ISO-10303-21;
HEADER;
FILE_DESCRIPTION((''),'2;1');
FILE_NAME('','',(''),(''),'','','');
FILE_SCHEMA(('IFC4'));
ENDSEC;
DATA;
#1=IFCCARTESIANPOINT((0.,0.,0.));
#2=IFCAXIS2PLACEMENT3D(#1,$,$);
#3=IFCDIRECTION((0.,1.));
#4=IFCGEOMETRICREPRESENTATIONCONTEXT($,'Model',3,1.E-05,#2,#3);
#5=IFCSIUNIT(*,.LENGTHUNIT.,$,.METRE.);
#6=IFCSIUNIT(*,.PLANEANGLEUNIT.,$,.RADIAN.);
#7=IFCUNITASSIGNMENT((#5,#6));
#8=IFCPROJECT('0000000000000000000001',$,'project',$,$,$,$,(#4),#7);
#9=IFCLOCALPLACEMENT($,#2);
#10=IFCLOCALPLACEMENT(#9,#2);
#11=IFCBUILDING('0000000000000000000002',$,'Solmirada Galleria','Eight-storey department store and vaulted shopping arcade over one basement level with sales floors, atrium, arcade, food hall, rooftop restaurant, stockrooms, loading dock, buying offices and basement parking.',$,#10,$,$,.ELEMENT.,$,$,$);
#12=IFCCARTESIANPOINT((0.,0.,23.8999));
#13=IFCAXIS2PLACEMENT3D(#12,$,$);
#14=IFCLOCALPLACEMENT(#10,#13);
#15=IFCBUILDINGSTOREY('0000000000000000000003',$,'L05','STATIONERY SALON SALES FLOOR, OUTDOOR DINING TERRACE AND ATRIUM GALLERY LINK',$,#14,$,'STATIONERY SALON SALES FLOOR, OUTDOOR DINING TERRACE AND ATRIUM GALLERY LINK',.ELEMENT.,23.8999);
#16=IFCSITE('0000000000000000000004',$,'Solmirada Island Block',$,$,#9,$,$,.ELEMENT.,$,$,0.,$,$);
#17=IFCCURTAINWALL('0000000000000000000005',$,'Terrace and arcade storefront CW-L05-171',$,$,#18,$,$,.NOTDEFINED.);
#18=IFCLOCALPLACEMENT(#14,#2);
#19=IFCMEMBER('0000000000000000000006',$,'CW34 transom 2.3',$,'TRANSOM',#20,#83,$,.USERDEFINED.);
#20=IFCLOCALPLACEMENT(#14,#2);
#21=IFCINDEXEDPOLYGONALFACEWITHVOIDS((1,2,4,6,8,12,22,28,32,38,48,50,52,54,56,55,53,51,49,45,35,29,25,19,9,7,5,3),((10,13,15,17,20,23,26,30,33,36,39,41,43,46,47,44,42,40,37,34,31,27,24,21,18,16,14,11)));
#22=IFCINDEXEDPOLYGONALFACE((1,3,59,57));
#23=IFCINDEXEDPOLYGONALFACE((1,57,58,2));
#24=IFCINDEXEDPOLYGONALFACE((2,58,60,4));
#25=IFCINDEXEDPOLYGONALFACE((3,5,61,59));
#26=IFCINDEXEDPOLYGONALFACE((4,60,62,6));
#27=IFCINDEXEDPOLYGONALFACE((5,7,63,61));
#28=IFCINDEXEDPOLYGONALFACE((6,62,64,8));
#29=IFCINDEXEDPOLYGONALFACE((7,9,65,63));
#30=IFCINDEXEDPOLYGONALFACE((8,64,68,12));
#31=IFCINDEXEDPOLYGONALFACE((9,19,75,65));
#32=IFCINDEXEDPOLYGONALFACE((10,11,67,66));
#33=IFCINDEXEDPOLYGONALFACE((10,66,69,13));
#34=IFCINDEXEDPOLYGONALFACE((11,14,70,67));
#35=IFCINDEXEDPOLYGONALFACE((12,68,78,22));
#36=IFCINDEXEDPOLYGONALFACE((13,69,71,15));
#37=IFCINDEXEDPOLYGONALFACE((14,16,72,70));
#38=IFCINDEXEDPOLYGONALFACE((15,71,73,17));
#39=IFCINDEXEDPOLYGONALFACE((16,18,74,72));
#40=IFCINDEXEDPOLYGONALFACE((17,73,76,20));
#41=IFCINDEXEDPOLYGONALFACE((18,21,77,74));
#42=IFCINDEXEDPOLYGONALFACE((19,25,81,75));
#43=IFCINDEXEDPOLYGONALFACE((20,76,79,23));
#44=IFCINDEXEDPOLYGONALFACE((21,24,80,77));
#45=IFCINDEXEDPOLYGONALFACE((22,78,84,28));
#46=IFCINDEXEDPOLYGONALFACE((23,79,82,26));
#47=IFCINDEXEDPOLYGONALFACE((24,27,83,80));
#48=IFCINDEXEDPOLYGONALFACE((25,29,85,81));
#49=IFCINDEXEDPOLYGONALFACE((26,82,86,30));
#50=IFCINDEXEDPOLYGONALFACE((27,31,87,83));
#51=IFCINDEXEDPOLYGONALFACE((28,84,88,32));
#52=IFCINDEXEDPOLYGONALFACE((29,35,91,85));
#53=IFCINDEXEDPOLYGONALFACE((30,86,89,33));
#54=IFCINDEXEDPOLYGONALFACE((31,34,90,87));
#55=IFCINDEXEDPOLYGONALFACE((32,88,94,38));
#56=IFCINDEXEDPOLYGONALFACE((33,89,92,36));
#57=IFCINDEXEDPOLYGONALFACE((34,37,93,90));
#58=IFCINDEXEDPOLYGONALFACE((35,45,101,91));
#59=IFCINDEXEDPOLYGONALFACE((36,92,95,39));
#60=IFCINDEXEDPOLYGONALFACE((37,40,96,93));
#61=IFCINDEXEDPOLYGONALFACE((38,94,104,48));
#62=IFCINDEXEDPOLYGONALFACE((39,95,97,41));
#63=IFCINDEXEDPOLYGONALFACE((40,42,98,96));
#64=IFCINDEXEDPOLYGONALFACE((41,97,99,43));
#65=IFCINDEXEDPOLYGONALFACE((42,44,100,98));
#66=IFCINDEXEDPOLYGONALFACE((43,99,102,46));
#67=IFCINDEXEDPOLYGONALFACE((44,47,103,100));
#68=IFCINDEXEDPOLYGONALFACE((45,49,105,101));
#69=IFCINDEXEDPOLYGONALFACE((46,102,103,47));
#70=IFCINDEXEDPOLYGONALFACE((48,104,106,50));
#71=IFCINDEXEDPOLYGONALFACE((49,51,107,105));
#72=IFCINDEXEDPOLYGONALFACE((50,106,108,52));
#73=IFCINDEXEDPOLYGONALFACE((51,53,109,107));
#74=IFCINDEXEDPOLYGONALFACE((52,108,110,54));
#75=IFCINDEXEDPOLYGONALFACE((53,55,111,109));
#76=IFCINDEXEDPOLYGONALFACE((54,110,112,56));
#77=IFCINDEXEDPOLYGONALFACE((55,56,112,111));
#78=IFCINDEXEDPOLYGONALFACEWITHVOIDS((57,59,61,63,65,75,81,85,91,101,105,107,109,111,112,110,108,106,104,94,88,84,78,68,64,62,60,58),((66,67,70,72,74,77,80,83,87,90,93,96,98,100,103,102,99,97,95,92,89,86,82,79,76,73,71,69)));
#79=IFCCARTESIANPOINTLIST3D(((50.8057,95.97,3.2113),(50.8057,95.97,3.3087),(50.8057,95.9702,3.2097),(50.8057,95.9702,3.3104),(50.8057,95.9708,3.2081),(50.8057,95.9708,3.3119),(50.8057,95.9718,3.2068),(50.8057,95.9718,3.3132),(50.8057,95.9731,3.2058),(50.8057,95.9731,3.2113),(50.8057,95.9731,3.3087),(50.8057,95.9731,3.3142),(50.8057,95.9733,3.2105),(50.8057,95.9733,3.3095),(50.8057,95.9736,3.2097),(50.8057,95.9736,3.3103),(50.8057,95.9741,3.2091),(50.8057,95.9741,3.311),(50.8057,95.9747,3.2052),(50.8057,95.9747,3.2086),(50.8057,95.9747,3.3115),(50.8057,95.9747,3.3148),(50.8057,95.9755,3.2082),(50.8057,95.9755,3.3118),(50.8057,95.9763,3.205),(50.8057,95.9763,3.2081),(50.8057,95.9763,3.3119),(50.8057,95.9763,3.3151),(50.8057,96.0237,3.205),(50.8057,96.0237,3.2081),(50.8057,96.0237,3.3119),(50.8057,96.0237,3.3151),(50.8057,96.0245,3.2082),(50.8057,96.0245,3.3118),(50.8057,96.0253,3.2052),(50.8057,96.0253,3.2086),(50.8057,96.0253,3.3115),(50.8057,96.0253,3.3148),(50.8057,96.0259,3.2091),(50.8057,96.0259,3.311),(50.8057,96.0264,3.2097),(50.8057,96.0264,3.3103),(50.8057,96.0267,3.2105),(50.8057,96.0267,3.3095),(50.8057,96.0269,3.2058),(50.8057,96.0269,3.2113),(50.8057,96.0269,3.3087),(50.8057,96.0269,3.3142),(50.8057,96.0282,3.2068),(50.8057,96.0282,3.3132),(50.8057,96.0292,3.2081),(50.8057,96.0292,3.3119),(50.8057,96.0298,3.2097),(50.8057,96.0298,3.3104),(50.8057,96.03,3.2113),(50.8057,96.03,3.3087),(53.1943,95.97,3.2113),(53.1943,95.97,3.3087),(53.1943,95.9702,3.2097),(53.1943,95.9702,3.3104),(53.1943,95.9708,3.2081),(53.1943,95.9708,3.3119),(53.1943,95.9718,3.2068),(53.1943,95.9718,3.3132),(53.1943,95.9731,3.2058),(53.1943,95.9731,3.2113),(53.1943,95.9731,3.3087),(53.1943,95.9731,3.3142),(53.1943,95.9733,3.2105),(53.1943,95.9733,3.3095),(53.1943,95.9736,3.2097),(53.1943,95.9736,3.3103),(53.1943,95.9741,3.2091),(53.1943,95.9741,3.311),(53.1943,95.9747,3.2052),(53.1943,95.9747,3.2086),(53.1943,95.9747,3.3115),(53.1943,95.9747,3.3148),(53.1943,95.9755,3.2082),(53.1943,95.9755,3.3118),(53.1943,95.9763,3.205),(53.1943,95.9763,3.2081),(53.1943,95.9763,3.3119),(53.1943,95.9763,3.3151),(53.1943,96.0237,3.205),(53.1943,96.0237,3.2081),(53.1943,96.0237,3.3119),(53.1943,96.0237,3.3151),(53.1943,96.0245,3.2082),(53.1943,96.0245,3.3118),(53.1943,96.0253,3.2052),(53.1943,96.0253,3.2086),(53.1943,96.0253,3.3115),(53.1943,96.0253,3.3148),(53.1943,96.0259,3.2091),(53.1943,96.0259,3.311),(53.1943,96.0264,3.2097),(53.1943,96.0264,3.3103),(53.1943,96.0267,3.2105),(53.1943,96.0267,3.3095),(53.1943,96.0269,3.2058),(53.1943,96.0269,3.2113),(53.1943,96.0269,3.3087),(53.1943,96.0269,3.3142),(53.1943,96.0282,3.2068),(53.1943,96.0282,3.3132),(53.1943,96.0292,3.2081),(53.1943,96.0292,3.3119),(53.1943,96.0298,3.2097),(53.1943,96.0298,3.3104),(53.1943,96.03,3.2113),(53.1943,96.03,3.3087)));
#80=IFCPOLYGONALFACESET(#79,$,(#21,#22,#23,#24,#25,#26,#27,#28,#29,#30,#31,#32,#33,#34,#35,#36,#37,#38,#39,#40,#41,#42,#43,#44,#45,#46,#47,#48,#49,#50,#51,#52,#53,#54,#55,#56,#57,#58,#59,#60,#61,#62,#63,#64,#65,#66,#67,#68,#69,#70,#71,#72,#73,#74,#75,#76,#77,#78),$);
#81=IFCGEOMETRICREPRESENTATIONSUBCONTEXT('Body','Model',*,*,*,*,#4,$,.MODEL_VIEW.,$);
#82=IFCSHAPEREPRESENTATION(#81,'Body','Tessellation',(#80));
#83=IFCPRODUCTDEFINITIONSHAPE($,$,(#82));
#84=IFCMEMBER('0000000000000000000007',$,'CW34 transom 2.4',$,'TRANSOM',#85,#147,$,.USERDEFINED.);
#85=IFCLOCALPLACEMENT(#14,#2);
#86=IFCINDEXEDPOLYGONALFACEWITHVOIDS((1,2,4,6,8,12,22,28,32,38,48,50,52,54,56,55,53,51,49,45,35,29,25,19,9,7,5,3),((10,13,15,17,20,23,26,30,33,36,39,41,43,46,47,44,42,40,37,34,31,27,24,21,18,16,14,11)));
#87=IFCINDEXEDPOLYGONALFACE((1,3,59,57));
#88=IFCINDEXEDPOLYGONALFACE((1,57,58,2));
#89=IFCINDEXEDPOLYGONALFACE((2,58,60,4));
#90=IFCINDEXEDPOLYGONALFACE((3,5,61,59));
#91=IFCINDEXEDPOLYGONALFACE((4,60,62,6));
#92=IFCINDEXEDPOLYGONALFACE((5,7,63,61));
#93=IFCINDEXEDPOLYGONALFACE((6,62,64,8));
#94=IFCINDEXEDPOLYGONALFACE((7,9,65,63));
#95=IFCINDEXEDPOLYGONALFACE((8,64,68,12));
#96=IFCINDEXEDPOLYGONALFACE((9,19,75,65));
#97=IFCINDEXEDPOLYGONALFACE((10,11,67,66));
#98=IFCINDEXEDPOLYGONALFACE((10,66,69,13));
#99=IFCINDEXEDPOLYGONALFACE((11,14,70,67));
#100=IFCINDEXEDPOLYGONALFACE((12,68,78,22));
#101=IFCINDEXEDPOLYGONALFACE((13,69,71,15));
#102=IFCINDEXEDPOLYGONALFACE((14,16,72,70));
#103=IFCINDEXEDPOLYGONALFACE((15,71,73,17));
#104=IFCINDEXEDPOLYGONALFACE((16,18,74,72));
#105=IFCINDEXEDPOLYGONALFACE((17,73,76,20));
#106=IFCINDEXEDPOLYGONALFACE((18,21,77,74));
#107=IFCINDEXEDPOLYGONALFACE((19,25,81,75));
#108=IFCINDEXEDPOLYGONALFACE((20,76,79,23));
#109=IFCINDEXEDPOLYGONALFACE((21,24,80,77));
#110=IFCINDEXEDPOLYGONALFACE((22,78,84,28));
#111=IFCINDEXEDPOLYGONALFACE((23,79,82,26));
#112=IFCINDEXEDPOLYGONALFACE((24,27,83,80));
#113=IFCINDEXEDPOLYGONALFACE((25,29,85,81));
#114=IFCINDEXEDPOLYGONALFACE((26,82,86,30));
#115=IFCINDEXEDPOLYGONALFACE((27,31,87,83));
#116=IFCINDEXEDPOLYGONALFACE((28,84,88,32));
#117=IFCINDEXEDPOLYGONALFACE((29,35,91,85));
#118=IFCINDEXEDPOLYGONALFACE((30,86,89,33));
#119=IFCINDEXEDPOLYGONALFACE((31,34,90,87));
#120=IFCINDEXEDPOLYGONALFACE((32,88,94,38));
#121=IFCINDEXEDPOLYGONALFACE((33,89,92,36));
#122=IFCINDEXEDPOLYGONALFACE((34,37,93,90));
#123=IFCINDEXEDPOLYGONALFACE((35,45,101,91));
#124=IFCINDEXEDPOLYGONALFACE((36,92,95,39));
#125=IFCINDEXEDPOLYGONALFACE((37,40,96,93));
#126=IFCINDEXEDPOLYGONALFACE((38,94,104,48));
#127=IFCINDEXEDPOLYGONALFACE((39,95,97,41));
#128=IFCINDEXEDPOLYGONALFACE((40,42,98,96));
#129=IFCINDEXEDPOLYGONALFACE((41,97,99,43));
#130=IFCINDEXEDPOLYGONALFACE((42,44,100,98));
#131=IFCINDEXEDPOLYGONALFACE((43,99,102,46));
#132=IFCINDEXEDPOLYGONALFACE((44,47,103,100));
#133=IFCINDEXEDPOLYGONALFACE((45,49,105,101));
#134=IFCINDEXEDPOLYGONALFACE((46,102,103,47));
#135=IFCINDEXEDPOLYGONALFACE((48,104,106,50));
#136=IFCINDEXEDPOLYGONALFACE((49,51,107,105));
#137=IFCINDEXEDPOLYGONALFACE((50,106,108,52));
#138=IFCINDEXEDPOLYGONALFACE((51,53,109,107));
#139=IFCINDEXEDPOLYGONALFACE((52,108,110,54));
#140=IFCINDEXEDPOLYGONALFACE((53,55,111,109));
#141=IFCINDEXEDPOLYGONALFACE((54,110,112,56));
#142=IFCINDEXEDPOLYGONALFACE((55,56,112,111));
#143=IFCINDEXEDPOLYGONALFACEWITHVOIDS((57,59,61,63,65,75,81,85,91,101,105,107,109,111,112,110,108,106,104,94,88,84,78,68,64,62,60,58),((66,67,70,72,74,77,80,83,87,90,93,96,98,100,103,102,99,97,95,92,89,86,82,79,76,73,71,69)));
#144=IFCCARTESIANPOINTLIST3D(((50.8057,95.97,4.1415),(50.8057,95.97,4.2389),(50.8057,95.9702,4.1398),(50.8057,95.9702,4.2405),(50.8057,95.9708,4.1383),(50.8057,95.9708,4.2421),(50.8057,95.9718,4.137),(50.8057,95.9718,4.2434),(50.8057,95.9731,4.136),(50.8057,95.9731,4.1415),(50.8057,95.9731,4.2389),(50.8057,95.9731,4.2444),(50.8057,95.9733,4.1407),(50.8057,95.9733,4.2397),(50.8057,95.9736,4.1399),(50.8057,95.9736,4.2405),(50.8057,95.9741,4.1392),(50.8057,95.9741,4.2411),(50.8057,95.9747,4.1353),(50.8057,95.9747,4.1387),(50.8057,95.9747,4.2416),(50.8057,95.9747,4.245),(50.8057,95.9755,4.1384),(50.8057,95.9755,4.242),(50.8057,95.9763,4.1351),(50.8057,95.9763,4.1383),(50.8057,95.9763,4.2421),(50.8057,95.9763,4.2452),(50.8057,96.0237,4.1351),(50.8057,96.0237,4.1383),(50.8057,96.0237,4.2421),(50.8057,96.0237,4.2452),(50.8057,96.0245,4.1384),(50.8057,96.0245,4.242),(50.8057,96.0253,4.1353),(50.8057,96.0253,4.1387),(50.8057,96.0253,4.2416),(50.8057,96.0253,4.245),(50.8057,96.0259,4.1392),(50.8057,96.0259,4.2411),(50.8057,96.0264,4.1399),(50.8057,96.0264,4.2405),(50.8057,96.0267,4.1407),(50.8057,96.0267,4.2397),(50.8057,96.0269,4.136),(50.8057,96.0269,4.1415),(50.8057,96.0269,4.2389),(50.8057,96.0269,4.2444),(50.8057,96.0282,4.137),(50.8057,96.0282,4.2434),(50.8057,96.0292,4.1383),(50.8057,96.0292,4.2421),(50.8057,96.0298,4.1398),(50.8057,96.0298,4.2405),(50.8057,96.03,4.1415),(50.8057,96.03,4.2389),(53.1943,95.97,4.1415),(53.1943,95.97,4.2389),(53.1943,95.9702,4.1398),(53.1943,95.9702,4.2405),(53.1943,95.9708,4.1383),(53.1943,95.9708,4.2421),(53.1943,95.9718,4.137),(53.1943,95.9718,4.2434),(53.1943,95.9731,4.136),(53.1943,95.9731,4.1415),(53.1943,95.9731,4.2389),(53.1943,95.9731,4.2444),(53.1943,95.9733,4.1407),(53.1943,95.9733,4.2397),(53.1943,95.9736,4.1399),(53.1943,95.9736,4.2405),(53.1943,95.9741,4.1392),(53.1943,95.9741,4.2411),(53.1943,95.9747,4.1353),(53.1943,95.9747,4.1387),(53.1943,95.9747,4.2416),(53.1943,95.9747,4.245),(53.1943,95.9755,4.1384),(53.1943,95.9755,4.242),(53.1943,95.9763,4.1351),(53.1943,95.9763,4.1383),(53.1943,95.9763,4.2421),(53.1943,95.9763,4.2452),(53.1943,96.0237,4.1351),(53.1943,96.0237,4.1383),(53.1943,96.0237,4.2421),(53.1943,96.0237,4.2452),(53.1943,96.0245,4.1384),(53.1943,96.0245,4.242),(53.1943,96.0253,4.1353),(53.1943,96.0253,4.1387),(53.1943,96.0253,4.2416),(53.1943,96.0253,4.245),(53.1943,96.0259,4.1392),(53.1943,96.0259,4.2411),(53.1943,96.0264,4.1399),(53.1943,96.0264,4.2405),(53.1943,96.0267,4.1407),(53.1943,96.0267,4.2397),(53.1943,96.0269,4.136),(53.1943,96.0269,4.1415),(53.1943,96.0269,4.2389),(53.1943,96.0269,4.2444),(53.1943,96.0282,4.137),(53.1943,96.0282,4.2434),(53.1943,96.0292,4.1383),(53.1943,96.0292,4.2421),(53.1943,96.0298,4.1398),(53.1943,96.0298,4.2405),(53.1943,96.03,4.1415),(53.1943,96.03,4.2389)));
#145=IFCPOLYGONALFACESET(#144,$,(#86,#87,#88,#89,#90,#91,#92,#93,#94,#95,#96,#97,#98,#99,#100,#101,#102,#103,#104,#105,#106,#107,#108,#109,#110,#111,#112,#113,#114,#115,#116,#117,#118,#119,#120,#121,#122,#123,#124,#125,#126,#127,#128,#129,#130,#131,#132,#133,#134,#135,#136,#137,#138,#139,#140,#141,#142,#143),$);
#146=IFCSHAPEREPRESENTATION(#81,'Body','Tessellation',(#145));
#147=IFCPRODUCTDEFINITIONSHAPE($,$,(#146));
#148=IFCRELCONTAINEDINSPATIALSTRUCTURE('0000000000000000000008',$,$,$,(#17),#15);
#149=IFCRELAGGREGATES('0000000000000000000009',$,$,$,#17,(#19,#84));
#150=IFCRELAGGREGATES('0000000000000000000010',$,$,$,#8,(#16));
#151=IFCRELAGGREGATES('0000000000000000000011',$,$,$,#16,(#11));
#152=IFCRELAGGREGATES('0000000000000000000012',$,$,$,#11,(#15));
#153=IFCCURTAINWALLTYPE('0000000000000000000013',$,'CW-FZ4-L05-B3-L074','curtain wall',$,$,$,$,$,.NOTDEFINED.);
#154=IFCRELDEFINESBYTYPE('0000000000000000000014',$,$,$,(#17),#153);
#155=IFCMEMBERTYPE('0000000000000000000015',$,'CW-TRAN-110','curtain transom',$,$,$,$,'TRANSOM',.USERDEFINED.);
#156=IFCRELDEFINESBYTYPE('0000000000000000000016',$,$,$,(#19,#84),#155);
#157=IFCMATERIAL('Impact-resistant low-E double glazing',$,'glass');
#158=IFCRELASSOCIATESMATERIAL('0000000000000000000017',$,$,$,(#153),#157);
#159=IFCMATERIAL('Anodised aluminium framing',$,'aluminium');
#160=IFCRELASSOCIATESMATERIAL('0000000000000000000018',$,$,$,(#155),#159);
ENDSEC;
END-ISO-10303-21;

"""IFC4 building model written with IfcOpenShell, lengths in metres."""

from ifc_helpers import new_model, si_unit, direction, frame, origin, origin_2d, place, context, subcontext, project, spatial, hollow_rectangle, extrude, material, material_profile, profile_set, type_object, element, aggregate, save


model = new_model("IFC4")

# Units and contexts
model_context = context("Model", 3, precision=1e-05, world=origin(), true_north=direction((0.0, 1.0)))
body_context = subcontext(model_context, "Body", "Model", "MODEL_VIEW")
ifc_project = project(units=[si_unit("LENGTHUNIT", "METRE"), si_unit("PLANEANGLEUNIT", "RADIAN")], contexts=[model_context])

# Site, building, storey
site_placement = place(None, origin())
site = spatial("IfcSite", under=ifc_project, at=site_placement, Name="Solmirada Island Block", CompositionType="ELEMENT", RefElevation=0.0)
building_placement = place(site_placement, origin())
building = spatial("IfcBuilding", under=site, at=building_placement, Name="Solmirada Galleria", Description="Eight-storey department store and vaulted shopping arcade over one basement level with sales floors, atrium, arcade, food hall, rooftop restaurant, stockrooms, loading dock, buying offices and basement parking.", CompositionType="ELEMENT")
storey_placement = place(building_placement, frame((0.0, 0.0, 23.8999)))
storey = spatial("IfcBuildingStorey", under=building, at=storey_placement, Name="L05", Description="STATIONERY SALON SALES FLOOR, OUTDOOR DINING TERRACE AND ATRIUM GALLERY LINK", LongName="STATIONERY SALON SALES FLOOR, OUTDOOR DINING TERRACE AND ATRIUM GALLERY LINK", CompositionType="ELEMENT", Elevation=23.8999)

# Curtain wall, members
ifc_material_1 = material(Name="Impact-resistant low-E double glazing", Category="glass")
curtain_wall_type = type_object("IfcCurtainWallType", Name="CW-FZ4-L05-B3-L074", Description="curtain wall", PredefinedType="NOTDEFINED", material=ifc_material_1)
curtain_wall_placement = place(storey_placement, origin())
curtain_wall = element("IfcCurtainWall", 1, at=curtain_wall_placement, inside=storey, type_object=curtain_wall_type, Name="Terrace and arcade storefront CW-L05-171", PredefinedType="NOTDEFINED")
ifc_material_2 = material(Name="Anodised aluminium framing", Category="aluminium")
ifc_material_profile_1 = material_profile(ifc_material_2, hollow_rectangle(XDim=0.0601, YDim=0.1101, WallThickness=0.0032, InnerFilletRadius=0.0032, OuterFilletRadius=0.0063, at=origin_2d()), Name="ALU-TRAN-110X60")
ifc_profile_set_1 = profile_set([ifc_material_profile_1], Name="Anodised aluminium framing")
member_type_1 = type_object("IfcMemberType", Name="CW-TRAN-110", Description="curtain transom", ElementType="TRANSOM", PredefinedType="USERDEFINED", material=ifc_profile_set_1)
member_1_placement = place(storey_placement, frame((53.1943, 96.0, 3.26), z_axis=(-1.0, 0.0, 0.0), x_axis=(0.0, -1.0, 0.0)))
member_1 = element("IfcMember", 2, at=member_1_placement, type_object=member_type_1, Name="CW34 transom 2.3", ObjectType="TRANSOM", PredefinedType="USERDEFINED", context=body_context, shape_type="SweptSolid", body=[
    extrude(hollow_rectangle(XDim=0.0601, YDim=0.1101, WallThickness=0.0032, InnerFilletRadius=0.0032, OuterFilletRadius=0.0063, at=origin_2d()), origin(), (0.0, 0.0, 1.0), 2.3887),
])
member_2_placement = place(storey_placement, frame((53.1943, 96.0, 4.1902), z_axis=(-1.0, 0.0, 0.0), x_axis=(0.0, -1.0, 0.0)))
member_2 = element("IfcMember", 3, at=member_2_placement, type_object=member_type_1, Name="CW34 transom 2.4", ObjectType="TRANSOM", PredefinedType="USERDEFINED", context=body_context, shape_type="SweptSolid", body=[
    extrude(hollow_rectangle(XDim=0.0601, YDim=0.1101, WallThickness=0.0032, InnerFilletRadius=0.0032, OuterFilletRadius=0.0063, at=origin_2d()), origin(), (0.0, 0.0, 1.0), 2.3887),
])
aggregate(curtain_wall, [member_1, member_2])

save(model, "model.ifc")
